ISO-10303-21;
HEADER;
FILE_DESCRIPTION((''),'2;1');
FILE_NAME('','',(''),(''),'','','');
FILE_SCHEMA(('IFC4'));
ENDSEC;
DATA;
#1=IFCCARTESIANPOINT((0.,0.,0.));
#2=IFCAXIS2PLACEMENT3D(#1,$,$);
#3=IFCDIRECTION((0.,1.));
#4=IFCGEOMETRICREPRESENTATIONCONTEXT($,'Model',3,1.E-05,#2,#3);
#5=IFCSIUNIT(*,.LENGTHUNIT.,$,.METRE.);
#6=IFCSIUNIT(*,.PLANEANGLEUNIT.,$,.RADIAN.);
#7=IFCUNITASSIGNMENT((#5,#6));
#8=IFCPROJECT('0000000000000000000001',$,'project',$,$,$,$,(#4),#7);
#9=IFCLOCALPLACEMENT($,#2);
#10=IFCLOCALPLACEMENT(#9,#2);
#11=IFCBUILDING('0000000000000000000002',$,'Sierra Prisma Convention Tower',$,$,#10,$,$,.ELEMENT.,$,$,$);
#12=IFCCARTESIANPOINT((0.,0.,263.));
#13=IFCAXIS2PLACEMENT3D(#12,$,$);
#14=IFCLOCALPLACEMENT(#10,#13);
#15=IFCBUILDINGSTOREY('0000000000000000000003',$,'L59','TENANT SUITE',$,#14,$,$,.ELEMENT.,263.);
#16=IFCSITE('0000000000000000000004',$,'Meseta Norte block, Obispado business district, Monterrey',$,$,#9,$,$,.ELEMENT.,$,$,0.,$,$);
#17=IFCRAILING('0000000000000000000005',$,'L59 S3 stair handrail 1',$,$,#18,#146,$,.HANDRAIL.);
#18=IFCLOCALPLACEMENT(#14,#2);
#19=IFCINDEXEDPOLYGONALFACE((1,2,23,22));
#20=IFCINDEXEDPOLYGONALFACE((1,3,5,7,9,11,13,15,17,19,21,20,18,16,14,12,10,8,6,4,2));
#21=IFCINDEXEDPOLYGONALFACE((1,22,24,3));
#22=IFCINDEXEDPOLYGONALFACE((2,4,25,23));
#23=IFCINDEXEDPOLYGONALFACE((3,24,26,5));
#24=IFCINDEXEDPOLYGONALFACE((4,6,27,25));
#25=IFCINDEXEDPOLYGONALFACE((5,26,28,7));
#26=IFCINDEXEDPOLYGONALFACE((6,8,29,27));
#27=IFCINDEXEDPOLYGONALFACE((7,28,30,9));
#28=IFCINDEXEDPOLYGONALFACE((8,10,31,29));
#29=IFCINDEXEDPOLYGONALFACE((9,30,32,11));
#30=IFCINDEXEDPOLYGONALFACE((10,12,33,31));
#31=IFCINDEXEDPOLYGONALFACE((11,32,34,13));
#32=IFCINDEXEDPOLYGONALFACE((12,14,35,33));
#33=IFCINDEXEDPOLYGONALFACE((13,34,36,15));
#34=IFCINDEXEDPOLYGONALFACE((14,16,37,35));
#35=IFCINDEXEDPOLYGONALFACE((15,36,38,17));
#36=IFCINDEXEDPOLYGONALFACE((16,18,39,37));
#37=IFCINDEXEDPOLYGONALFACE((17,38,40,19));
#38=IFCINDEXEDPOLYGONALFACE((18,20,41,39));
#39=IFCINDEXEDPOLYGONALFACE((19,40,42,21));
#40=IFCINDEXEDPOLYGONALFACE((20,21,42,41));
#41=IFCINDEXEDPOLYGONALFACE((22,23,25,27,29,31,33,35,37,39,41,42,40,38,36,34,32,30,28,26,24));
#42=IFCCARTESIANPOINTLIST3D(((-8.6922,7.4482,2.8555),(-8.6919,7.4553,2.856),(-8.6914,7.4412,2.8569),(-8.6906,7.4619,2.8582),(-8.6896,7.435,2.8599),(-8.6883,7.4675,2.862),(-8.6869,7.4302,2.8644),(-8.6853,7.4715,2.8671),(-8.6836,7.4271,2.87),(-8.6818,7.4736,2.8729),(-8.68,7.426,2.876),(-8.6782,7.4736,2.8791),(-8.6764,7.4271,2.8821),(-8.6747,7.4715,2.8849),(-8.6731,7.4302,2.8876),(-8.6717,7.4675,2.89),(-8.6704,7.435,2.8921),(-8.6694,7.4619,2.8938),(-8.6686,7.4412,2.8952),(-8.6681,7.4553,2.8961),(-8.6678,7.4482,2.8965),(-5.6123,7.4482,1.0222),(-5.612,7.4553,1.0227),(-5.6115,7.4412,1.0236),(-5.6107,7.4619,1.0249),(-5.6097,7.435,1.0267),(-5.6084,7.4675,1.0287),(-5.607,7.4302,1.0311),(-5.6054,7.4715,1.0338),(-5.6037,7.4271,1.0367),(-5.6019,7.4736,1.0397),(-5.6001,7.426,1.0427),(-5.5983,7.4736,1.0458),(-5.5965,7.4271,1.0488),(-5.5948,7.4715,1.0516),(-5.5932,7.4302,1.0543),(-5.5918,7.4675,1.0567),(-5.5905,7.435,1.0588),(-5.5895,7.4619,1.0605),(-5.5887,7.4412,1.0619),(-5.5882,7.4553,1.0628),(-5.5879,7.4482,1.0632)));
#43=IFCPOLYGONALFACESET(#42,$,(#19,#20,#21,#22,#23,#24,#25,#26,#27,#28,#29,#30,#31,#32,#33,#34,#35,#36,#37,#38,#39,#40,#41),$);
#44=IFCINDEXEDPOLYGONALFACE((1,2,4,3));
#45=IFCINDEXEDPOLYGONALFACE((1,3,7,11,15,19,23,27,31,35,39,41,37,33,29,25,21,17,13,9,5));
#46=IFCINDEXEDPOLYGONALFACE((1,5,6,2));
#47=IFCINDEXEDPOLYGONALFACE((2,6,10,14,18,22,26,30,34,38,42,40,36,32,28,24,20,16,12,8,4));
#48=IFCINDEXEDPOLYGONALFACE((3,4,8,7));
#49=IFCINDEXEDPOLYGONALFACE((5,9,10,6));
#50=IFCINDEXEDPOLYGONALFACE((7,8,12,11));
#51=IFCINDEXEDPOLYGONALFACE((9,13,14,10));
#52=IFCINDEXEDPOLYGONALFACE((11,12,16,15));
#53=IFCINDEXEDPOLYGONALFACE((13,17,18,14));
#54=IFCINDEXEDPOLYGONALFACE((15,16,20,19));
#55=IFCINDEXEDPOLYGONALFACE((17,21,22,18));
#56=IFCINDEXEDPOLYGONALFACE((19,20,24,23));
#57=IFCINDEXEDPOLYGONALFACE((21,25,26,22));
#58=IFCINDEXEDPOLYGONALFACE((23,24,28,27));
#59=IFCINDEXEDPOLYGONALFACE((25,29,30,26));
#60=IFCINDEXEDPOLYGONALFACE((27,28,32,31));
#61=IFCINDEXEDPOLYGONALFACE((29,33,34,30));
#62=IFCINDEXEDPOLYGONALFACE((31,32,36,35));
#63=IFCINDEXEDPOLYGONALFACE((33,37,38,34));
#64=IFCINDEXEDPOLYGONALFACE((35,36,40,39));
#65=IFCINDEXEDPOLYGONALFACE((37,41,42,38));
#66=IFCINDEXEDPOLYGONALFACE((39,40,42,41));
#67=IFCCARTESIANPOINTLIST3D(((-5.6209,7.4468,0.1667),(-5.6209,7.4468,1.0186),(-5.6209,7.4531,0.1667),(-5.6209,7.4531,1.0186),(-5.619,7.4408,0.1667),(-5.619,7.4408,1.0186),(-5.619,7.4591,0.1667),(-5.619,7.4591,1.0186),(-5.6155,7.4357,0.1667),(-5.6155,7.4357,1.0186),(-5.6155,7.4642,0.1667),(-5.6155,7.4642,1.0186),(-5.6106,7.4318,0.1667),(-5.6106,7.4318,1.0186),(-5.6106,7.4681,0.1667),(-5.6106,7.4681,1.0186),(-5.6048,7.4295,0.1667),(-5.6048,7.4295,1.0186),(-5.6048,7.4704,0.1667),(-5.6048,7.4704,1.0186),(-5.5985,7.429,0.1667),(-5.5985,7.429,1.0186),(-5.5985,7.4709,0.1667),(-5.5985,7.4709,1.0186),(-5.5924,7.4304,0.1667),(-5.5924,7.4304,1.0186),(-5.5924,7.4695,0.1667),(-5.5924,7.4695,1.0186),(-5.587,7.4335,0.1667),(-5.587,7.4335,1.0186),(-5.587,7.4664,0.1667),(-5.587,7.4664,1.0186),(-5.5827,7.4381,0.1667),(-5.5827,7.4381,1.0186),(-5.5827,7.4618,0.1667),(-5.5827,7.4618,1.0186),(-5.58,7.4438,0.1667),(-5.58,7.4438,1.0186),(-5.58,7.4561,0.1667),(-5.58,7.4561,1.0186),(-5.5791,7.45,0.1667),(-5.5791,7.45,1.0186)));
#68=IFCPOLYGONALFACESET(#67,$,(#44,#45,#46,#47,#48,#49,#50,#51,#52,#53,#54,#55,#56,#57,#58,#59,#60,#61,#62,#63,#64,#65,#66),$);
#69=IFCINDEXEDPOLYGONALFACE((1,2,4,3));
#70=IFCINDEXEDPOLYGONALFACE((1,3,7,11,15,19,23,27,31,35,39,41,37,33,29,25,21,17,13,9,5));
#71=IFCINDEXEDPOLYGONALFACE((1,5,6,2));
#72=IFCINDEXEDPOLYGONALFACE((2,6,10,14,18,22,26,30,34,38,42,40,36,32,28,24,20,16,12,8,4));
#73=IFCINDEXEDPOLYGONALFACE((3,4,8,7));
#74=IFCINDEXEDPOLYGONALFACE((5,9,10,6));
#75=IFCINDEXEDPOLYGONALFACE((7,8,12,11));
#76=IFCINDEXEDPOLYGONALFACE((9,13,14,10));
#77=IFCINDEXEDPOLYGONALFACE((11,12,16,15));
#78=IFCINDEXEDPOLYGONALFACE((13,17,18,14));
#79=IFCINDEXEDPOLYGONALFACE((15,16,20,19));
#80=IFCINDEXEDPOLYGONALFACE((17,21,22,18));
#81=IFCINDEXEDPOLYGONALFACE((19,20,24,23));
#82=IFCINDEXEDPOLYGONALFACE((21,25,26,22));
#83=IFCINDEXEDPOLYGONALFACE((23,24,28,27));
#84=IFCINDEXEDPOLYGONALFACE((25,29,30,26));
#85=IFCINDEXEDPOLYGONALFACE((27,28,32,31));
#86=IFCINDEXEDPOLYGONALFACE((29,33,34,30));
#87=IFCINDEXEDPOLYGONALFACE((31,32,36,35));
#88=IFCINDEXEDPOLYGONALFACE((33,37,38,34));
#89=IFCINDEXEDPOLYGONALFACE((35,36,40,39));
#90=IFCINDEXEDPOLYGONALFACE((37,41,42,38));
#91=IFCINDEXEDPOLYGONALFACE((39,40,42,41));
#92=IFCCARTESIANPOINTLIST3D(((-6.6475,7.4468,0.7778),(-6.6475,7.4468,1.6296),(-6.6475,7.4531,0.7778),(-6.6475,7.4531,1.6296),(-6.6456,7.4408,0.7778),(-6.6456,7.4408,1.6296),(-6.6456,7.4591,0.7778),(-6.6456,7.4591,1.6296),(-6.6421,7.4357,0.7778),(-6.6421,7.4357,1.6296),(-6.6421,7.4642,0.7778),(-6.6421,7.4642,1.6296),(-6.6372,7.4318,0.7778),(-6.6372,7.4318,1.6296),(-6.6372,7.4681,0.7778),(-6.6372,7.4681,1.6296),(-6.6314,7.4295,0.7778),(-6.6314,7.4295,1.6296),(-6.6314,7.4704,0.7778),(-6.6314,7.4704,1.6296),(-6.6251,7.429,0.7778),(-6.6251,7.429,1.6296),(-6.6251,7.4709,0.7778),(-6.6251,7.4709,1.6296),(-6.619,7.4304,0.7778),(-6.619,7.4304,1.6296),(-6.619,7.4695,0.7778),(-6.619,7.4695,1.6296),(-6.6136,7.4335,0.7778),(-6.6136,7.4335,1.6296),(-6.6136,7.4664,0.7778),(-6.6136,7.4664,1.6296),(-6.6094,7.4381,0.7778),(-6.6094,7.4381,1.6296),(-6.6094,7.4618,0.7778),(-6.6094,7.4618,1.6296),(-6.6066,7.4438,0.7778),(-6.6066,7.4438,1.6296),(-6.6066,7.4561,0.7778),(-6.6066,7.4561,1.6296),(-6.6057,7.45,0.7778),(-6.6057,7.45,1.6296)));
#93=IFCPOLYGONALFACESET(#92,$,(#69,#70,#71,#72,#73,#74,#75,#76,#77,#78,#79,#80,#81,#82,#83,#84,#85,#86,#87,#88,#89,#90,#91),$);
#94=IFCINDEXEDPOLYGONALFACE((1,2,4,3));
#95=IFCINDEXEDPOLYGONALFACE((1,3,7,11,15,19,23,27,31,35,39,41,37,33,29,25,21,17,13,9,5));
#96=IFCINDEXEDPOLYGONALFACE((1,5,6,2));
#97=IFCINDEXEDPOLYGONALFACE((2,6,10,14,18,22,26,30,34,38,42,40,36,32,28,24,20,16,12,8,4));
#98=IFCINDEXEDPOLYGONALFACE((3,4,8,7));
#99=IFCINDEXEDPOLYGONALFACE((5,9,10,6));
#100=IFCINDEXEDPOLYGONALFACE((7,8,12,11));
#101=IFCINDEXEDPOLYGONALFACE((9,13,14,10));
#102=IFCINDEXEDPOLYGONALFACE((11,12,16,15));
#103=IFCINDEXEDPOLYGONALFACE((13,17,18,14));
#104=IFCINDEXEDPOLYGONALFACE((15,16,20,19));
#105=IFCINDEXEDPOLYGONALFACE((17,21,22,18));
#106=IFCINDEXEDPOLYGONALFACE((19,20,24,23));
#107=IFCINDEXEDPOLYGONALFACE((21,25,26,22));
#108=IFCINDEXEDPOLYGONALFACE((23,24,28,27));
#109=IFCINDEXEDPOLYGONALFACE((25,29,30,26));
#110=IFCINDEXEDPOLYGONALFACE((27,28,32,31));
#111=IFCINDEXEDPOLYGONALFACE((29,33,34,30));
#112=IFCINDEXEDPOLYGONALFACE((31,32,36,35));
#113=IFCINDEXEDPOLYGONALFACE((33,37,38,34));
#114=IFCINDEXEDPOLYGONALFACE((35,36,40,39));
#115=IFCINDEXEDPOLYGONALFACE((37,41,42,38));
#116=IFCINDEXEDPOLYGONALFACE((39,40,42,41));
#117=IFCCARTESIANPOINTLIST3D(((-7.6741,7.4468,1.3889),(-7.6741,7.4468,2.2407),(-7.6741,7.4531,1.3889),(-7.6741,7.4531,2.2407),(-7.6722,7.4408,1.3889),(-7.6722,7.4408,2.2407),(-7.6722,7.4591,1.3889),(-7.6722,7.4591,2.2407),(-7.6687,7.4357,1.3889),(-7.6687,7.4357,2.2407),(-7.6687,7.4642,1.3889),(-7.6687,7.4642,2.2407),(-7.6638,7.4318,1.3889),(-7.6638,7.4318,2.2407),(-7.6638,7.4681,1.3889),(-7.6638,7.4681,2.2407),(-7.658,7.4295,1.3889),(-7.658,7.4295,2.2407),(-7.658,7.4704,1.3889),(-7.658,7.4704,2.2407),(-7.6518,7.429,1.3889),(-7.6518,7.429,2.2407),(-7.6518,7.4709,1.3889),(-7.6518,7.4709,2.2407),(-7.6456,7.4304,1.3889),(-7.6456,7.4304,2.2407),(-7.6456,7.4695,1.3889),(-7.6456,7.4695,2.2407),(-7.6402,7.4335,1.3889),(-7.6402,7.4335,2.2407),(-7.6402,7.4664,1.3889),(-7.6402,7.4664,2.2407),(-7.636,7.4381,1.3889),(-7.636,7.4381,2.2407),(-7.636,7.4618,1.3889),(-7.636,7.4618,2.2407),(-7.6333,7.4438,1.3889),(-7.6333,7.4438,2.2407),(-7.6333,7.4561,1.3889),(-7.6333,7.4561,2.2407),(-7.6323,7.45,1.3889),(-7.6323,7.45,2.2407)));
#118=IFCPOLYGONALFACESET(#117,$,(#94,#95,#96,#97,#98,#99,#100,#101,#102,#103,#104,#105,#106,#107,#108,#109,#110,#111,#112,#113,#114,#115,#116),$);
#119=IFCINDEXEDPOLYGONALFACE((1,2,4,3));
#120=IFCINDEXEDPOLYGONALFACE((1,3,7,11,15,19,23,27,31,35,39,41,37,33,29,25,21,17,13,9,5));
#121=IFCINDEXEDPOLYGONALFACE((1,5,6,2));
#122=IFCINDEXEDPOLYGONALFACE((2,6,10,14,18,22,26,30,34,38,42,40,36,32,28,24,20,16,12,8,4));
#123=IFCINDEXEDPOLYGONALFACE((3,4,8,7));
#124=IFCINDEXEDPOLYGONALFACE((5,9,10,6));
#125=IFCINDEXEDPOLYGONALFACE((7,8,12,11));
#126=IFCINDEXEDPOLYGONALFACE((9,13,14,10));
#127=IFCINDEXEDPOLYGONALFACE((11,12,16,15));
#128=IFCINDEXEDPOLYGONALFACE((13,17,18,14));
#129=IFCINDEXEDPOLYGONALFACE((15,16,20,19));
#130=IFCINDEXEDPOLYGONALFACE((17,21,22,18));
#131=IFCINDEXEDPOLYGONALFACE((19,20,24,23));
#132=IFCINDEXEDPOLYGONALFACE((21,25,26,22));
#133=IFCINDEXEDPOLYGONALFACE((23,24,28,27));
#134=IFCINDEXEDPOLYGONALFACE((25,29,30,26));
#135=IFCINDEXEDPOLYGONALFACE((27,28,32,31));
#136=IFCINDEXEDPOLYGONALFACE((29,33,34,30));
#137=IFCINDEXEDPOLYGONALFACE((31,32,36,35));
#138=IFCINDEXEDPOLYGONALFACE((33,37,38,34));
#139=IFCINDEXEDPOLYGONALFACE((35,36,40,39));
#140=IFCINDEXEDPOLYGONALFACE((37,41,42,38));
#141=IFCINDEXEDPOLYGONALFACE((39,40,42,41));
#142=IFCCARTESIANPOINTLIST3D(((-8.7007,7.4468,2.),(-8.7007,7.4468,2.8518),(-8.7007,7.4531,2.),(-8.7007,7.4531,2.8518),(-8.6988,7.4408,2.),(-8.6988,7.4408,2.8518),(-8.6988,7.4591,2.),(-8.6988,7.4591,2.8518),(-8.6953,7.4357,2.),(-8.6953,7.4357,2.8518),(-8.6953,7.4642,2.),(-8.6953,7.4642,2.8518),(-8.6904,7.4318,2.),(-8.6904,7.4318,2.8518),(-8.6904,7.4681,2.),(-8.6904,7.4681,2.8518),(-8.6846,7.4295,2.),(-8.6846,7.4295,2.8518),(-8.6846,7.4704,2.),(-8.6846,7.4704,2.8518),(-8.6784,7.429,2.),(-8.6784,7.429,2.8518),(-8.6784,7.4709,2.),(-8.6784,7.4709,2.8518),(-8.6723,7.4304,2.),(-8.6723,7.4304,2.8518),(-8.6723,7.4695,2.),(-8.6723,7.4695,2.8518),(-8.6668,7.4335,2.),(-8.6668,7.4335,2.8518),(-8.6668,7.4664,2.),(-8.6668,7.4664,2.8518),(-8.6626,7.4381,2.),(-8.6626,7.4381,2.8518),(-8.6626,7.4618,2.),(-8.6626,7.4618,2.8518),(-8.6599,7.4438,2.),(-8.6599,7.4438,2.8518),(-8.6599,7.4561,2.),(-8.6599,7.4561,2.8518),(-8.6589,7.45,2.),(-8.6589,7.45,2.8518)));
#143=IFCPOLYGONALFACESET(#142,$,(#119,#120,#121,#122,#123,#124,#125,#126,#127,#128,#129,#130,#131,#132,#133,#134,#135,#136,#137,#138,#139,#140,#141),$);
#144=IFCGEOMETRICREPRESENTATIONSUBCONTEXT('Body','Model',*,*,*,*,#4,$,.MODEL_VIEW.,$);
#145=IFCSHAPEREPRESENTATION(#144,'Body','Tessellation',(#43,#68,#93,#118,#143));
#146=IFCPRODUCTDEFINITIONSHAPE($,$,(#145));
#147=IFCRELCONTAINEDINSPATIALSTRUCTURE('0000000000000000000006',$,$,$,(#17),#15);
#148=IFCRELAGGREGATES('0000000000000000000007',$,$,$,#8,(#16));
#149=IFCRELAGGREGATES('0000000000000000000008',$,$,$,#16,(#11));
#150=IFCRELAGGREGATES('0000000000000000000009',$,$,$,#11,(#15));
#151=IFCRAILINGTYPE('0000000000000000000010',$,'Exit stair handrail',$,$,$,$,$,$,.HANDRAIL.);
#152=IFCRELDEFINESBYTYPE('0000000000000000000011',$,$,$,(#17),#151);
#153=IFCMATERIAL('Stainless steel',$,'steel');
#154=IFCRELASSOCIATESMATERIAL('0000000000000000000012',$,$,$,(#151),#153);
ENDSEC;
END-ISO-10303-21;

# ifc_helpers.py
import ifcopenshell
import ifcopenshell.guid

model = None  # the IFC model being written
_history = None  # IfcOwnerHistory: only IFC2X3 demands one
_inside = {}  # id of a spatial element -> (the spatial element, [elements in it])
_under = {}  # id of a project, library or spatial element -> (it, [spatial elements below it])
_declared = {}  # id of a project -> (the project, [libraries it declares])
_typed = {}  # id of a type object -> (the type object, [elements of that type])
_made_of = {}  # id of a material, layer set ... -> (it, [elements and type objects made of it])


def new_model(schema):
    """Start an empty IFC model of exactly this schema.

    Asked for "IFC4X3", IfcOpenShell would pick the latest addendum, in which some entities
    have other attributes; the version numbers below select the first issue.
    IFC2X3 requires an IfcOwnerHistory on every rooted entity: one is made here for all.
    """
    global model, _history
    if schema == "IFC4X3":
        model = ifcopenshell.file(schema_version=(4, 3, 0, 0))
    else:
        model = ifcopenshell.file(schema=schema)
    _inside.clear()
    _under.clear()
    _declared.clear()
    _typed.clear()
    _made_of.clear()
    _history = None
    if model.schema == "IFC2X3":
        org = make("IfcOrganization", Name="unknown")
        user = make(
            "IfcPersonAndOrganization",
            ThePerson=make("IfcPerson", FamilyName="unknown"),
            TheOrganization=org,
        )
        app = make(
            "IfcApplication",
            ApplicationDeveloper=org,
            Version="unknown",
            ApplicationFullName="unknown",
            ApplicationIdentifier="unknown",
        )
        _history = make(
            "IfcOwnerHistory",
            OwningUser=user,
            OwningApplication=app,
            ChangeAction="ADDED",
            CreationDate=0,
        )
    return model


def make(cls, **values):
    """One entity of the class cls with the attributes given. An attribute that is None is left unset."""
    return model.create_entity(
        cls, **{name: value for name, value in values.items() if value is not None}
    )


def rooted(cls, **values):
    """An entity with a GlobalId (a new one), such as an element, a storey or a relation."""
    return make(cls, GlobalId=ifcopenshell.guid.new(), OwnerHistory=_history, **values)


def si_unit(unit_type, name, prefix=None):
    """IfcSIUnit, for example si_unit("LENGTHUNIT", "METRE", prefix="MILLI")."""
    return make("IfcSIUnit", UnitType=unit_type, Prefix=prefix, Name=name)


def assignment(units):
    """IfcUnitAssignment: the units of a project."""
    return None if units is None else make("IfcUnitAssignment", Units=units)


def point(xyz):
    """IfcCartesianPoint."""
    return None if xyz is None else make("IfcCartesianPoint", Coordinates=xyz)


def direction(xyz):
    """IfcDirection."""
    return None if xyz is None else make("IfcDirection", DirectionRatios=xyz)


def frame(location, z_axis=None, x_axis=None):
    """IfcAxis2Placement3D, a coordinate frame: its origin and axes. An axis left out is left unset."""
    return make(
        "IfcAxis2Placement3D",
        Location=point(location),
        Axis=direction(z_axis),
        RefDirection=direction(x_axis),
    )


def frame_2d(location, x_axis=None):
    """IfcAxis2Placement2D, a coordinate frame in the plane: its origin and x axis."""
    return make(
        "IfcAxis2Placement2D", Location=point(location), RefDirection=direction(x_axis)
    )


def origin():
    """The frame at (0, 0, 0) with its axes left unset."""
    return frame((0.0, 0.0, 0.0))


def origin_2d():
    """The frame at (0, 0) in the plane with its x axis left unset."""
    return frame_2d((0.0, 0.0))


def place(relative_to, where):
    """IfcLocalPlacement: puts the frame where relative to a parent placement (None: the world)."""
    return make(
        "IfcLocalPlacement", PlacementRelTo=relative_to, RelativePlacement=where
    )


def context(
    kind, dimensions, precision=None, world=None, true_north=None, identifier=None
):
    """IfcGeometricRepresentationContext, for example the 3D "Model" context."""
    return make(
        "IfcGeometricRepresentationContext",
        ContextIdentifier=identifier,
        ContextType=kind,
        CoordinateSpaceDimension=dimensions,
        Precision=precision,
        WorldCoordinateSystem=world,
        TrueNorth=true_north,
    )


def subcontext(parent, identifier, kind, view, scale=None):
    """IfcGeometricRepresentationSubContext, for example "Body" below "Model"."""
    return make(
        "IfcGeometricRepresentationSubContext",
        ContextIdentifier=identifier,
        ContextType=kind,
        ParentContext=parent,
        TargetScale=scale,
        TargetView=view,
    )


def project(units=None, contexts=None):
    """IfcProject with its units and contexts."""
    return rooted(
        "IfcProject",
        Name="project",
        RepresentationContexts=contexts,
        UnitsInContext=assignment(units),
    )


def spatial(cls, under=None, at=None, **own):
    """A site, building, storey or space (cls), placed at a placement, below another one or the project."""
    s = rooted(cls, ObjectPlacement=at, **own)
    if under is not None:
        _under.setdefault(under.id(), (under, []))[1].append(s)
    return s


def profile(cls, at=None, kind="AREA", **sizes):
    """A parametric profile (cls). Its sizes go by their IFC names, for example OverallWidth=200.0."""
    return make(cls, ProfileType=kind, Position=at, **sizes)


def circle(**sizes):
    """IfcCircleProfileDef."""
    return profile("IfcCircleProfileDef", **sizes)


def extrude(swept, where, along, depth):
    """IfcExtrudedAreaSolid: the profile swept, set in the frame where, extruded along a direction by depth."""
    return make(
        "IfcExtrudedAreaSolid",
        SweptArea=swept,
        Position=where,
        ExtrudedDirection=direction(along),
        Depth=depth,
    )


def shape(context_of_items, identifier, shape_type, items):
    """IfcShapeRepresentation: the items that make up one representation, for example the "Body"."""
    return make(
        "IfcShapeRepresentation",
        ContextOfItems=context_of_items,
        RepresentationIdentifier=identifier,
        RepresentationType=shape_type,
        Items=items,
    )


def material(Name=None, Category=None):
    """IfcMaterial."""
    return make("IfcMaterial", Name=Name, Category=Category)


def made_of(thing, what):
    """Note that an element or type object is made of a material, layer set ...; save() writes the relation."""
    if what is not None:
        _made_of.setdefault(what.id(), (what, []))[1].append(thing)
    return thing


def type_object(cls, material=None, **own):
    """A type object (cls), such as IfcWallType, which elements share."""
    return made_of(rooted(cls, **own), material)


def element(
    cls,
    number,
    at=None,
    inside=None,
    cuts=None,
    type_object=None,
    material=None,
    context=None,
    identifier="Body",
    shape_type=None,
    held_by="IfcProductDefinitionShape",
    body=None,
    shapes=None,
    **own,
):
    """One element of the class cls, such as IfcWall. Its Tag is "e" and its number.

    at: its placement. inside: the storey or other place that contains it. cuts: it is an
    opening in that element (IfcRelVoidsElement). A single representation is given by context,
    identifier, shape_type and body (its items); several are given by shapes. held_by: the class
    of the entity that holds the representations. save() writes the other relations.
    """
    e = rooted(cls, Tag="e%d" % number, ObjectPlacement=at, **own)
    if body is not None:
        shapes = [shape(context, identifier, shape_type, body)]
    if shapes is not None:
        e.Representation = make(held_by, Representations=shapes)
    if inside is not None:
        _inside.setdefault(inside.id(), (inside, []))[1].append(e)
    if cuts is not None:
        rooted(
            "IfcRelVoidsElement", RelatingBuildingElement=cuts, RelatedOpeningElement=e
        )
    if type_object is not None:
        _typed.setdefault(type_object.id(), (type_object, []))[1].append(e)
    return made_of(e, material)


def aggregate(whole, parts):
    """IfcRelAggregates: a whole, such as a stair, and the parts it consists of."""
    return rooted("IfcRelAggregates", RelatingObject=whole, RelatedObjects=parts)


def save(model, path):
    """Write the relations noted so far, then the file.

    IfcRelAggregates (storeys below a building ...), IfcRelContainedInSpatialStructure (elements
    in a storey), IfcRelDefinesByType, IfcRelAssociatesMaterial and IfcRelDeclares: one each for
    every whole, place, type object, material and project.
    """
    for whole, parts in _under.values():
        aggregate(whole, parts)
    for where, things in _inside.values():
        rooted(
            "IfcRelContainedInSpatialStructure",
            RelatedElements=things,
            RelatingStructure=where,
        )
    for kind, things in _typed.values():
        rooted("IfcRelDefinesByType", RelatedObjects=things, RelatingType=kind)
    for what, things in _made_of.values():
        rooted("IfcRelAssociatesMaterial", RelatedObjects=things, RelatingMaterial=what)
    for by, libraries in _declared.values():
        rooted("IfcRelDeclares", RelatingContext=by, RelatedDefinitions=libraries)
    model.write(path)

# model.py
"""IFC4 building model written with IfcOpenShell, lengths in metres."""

from ifc_helpers import new_model, si_unit, direction, frame, origin, origin_2d, place, context, subcontext, project, spatial, circle, extrude, material, type_object, element, save


model = new_model("IFC4")

# Units and contexts
model_context = context("Model", 3, precision=1e-05, world=origin(), true_north=direction((0.0, 1.0)))
body_context = subcontext(model_context, "Body", "Model", "MODEL_VIEW")
ifc_project = project(units=[si_unit("LENGTHUNIT", "METRE"), si_unit("PLANEANGLEUNIT", "RADIAN")], contexts=[model_context])

# Site, building, storey
site_placement = place(None, origin())
site = spatial("IfcSite", under=ifc_project, at=site_placement, Name="Meseta Norte block, Obispado business district, Monterrey", CompositionType="ELEMENT", RefElevation=0.0)
building_placement = place(site_placement, origin())
building = spatial("IfcBuilding", under=site, at=building_placement, Name="Sierra Prisma Convention Tower", CompositionType="ELEMENT")
storey_placement = place(building_placement, frame((0.0, 0.0, 263.0)))
storey = spatial("IfcBuildingStorey", under=building, at=storey_placement, Name="L59", Description="TENANT SUITE", CompositionType="ELEMENT", Elevation=263.0)

# Railing
ifc_material_1 = material(Name="Stainless steel", Category="steel")
railing_type_1 = type_object("IfcRailingType", Name="Exit stair handrail", PredefinedType="HANDRAIL", material=ifc_material_1)
railing_1_placement = place(storey_placement, frame((-5.6001, 7.45, 0.1667)))
element("IfcRailing", 1, at=railing_1_placement, inside=storey, type_object=railing_type_1, Name="L59 S3 stair handrail 1", PredefinedType="HANDRAIL", context=body_context, shape_type="SweptSolid", body=[
    extrude(circle(Radius=0.0239, at=origin_2d()), frame((0.0, 0.0, 0.876), z_axis=(-0.859291, 0.0, 0.511487), x_axis=(0.0, -1.0, 0.0)), (0.0, 0.0, 1.0), 3.5842),
    extrude(circle(Radius=0.021, at=origin_2d()), origin(), (0.0, 0.0, 1.0), 0.8518),
    extrude(circle(Radius=0.021, at=origin_2d()), frame((-1.0266, 0.0, 0.6111)), (0.0, 0.0, 1.0), 0.8518),
    extrude(circle(Radius=0.021, at=origin_2d()), frame((-2.0532, 0.0, 1.2222)), (0.0, 0.0, 1.0), 0.8518),
    extrude(circle(Radius=0.021, at=origin_2d()), frame((-3.0798, 0.0, 1.8333)), (0.0, 0.0, 1.0), 0.8518),
])

save(model, "model.ifc")
